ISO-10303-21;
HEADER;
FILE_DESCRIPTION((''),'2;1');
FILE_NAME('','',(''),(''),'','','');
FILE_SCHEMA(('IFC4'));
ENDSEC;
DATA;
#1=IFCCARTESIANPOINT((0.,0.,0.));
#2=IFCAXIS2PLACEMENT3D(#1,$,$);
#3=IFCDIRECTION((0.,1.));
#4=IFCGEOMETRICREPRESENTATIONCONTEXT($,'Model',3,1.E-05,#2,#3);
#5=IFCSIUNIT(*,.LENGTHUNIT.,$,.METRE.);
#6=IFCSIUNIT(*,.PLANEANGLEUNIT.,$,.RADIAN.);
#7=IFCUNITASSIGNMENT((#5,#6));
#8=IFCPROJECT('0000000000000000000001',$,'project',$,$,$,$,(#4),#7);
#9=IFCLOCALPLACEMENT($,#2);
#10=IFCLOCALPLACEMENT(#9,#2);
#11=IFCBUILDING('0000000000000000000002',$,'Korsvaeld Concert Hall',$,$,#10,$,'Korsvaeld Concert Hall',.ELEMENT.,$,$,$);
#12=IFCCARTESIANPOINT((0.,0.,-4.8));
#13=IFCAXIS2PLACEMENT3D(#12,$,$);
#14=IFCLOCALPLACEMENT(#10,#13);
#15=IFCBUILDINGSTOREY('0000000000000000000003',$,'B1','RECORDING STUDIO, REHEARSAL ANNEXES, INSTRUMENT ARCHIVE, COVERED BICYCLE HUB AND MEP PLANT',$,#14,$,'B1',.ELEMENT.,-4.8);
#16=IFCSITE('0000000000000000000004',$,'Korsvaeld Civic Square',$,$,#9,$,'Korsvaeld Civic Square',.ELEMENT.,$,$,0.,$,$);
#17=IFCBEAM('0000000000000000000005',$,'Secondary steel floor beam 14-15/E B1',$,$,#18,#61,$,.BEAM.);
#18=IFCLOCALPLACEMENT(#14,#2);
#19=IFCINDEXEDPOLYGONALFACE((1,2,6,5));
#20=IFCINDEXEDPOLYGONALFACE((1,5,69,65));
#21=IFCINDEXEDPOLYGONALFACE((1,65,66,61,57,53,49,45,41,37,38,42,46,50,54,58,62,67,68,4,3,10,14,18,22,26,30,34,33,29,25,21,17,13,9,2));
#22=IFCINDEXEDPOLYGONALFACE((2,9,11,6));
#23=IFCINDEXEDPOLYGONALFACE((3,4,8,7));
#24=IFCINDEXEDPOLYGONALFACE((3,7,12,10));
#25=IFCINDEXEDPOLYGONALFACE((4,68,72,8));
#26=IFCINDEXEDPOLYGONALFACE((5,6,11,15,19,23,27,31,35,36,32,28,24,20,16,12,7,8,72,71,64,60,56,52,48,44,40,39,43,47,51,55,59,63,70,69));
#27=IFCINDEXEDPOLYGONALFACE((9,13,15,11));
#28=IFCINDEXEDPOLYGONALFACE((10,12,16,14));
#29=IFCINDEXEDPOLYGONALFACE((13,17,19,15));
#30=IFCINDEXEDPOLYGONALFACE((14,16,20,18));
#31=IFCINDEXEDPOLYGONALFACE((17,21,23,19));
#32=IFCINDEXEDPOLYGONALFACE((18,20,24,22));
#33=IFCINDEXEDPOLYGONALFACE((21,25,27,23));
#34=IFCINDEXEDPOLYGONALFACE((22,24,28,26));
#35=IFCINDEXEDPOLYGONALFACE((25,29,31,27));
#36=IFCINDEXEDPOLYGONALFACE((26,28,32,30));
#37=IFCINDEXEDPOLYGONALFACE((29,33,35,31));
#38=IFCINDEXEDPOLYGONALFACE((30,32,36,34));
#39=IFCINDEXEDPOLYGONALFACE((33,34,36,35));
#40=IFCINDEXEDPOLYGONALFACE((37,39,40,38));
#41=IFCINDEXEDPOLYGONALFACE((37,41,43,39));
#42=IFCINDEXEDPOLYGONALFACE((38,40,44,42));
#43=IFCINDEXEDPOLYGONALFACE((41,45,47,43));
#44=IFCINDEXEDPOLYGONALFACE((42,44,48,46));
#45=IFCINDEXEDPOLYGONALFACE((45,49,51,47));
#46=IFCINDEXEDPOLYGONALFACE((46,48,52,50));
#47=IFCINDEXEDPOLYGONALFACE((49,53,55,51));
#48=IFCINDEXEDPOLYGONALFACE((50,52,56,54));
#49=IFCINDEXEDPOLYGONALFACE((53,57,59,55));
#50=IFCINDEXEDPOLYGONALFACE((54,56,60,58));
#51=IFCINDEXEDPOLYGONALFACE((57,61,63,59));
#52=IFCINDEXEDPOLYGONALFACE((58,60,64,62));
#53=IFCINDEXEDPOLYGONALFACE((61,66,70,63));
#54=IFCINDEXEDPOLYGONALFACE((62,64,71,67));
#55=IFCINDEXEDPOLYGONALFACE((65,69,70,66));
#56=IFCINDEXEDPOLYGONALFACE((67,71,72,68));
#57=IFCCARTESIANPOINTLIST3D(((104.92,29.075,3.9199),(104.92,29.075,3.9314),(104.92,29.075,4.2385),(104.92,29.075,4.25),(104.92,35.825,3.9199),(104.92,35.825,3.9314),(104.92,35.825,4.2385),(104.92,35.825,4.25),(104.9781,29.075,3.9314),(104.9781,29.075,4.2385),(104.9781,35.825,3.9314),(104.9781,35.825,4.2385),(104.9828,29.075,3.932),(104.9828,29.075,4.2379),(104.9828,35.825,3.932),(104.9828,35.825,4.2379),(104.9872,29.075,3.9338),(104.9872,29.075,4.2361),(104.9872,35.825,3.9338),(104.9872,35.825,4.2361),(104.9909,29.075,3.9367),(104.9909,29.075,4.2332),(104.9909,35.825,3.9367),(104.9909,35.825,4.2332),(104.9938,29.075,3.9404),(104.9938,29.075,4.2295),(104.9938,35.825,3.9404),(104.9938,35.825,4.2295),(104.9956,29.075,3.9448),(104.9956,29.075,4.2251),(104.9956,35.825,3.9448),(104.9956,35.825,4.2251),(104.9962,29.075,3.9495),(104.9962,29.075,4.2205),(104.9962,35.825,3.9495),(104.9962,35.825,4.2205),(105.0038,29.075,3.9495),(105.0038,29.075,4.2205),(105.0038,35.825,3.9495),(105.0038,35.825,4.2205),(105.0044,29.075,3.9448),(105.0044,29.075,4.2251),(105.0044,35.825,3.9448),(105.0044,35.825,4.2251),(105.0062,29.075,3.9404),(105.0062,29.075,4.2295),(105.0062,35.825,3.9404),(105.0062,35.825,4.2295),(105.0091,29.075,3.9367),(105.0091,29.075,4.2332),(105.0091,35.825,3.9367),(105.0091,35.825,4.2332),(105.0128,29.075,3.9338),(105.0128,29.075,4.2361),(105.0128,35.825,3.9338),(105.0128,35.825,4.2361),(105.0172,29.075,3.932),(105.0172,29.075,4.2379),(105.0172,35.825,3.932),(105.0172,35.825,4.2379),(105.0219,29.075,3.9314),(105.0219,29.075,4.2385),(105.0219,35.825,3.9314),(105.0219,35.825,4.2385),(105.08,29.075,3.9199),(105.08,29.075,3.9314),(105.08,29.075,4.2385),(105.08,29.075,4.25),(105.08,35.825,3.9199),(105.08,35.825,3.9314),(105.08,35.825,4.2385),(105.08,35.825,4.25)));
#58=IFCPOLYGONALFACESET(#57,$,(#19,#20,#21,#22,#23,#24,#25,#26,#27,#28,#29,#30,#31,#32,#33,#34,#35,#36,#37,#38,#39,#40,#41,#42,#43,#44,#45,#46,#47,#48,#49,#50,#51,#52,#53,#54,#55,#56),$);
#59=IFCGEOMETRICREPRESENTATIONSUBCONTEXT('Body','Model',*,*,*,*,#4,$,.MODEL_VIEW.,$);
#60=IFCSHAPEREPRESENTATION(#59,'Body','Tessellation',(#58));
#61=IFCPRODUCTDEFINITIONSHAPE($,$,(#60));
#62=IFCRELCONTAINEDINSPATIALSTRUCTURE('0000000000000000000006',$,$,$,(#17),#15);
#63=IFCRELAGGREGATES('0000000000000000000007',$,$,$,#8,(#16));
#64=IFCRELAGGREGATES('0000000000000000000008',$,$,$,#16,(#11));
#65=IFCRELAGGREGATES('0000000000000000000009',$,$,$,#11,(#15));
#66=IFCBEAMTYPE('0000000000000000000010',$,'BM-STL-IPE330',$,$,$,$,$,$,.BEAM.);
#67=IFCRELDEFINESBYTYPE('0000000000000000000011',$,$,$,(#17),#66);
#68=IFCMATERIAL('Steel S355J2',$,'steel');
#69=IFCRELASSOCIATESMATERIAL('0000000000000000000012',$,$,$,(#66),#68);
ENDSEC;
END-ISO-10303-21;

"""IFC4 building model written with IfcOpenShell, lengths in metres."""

from ifc_helpers import new_model, si_unit, direction, frame, origin, origin_2d, place, context, subcontext, project, spatial, i_section, extrude, material, material_profile, profile_set, type_object, element, save


model = new_model("IFC4")

# Units and contexts
model_context = context("Model", 3, precision=1e-05, world=origin(), true_north=direction((0.0, 1.0)))
body_context = subcontext(model_context, "Body", "Model", "MODEL_VIEW")
ifc_project = project(units=[si_unit("LENGTHUNIT", "METRE"), si_unit("PLANEANGLEUNIT", "RADIAN")], contexts=[model_context])

# Site, building, storey
site_placement = place(None, origin())
site = spatial("IfcSite", under=ifc_project, at=site_placement, Name="Korsvaeld Civic Square", LongName="Korsvaeld Civic Square", CompositionType="ELEMENT", RefElevation=0.0)
building_placement = place(site_placement, origin())
building = spatial("IfcBuilding", under=site, at=building_placement, Name="Korsvaeld Concert Hall", LongName="Korsvaeld Concert Hall", CompositionType="ELEMENT")
storey_placement = place(building_placement, frame((0.0, 0.0, -4.8)))
storey = spatial("IfcBuildingStorey", under=building, at=storey_placement, Name="B1", Description="RECORDING STUDIO, REHEARSAL ANNEXES, INSTRUMENT ARCHIVE, COVERED BICYCLE HUB AND MEP PLANT", LongName="B1", CompositionType="ELEMENT", Elevation=-4.8)

# Beam
ifc_material_1 = material(Name="Steel S355J2", Category="steel")
ifc_material_profile_1 = material_profile(ifc_material_1, i_section(OverallWidth=0.1599, OverallDepth=0.3301, WebThickness=0.0076, FlangeThickness=0.0115, FilletRadius=0.0181, at=origin_2d()), Name="IPE 330")
ifc_profile_set_1 = profile_set([ifc_material_profile_1], Name="Steel S355J2")
beam_type_1 = type_object("IfcBeamType", Name="BM-STL-IPE330", PredefinedType="BEAM", material=ifc_profile_set_1)
beam_1_placement = place(storey_placement, frame((105.0, 29.075, 4.085), z_axis=(0.0, 1.0, 0.0), x_axis=(-1.0, 0.0, 0.0)))
element("IfcBeam", 1, at=beam_1_placement, inside=storey, type_object=beam_type_1, Name="Secondary steel floor beam 14-15/E B1", PredefinedType="BEAM", context=body_context, shape_type="SweptSolid", body=[
    extrude(i_section(OverallWidth=0.1599, OverallDepth=0.3301, WebThickness=0.0076, FlangeThickness=0.0115, FilletRadius=0.0181, at=origin_2d()), origin(), (0.0, 0.0, 1.0), 6.75),
])

save(model, "model.ifc")
